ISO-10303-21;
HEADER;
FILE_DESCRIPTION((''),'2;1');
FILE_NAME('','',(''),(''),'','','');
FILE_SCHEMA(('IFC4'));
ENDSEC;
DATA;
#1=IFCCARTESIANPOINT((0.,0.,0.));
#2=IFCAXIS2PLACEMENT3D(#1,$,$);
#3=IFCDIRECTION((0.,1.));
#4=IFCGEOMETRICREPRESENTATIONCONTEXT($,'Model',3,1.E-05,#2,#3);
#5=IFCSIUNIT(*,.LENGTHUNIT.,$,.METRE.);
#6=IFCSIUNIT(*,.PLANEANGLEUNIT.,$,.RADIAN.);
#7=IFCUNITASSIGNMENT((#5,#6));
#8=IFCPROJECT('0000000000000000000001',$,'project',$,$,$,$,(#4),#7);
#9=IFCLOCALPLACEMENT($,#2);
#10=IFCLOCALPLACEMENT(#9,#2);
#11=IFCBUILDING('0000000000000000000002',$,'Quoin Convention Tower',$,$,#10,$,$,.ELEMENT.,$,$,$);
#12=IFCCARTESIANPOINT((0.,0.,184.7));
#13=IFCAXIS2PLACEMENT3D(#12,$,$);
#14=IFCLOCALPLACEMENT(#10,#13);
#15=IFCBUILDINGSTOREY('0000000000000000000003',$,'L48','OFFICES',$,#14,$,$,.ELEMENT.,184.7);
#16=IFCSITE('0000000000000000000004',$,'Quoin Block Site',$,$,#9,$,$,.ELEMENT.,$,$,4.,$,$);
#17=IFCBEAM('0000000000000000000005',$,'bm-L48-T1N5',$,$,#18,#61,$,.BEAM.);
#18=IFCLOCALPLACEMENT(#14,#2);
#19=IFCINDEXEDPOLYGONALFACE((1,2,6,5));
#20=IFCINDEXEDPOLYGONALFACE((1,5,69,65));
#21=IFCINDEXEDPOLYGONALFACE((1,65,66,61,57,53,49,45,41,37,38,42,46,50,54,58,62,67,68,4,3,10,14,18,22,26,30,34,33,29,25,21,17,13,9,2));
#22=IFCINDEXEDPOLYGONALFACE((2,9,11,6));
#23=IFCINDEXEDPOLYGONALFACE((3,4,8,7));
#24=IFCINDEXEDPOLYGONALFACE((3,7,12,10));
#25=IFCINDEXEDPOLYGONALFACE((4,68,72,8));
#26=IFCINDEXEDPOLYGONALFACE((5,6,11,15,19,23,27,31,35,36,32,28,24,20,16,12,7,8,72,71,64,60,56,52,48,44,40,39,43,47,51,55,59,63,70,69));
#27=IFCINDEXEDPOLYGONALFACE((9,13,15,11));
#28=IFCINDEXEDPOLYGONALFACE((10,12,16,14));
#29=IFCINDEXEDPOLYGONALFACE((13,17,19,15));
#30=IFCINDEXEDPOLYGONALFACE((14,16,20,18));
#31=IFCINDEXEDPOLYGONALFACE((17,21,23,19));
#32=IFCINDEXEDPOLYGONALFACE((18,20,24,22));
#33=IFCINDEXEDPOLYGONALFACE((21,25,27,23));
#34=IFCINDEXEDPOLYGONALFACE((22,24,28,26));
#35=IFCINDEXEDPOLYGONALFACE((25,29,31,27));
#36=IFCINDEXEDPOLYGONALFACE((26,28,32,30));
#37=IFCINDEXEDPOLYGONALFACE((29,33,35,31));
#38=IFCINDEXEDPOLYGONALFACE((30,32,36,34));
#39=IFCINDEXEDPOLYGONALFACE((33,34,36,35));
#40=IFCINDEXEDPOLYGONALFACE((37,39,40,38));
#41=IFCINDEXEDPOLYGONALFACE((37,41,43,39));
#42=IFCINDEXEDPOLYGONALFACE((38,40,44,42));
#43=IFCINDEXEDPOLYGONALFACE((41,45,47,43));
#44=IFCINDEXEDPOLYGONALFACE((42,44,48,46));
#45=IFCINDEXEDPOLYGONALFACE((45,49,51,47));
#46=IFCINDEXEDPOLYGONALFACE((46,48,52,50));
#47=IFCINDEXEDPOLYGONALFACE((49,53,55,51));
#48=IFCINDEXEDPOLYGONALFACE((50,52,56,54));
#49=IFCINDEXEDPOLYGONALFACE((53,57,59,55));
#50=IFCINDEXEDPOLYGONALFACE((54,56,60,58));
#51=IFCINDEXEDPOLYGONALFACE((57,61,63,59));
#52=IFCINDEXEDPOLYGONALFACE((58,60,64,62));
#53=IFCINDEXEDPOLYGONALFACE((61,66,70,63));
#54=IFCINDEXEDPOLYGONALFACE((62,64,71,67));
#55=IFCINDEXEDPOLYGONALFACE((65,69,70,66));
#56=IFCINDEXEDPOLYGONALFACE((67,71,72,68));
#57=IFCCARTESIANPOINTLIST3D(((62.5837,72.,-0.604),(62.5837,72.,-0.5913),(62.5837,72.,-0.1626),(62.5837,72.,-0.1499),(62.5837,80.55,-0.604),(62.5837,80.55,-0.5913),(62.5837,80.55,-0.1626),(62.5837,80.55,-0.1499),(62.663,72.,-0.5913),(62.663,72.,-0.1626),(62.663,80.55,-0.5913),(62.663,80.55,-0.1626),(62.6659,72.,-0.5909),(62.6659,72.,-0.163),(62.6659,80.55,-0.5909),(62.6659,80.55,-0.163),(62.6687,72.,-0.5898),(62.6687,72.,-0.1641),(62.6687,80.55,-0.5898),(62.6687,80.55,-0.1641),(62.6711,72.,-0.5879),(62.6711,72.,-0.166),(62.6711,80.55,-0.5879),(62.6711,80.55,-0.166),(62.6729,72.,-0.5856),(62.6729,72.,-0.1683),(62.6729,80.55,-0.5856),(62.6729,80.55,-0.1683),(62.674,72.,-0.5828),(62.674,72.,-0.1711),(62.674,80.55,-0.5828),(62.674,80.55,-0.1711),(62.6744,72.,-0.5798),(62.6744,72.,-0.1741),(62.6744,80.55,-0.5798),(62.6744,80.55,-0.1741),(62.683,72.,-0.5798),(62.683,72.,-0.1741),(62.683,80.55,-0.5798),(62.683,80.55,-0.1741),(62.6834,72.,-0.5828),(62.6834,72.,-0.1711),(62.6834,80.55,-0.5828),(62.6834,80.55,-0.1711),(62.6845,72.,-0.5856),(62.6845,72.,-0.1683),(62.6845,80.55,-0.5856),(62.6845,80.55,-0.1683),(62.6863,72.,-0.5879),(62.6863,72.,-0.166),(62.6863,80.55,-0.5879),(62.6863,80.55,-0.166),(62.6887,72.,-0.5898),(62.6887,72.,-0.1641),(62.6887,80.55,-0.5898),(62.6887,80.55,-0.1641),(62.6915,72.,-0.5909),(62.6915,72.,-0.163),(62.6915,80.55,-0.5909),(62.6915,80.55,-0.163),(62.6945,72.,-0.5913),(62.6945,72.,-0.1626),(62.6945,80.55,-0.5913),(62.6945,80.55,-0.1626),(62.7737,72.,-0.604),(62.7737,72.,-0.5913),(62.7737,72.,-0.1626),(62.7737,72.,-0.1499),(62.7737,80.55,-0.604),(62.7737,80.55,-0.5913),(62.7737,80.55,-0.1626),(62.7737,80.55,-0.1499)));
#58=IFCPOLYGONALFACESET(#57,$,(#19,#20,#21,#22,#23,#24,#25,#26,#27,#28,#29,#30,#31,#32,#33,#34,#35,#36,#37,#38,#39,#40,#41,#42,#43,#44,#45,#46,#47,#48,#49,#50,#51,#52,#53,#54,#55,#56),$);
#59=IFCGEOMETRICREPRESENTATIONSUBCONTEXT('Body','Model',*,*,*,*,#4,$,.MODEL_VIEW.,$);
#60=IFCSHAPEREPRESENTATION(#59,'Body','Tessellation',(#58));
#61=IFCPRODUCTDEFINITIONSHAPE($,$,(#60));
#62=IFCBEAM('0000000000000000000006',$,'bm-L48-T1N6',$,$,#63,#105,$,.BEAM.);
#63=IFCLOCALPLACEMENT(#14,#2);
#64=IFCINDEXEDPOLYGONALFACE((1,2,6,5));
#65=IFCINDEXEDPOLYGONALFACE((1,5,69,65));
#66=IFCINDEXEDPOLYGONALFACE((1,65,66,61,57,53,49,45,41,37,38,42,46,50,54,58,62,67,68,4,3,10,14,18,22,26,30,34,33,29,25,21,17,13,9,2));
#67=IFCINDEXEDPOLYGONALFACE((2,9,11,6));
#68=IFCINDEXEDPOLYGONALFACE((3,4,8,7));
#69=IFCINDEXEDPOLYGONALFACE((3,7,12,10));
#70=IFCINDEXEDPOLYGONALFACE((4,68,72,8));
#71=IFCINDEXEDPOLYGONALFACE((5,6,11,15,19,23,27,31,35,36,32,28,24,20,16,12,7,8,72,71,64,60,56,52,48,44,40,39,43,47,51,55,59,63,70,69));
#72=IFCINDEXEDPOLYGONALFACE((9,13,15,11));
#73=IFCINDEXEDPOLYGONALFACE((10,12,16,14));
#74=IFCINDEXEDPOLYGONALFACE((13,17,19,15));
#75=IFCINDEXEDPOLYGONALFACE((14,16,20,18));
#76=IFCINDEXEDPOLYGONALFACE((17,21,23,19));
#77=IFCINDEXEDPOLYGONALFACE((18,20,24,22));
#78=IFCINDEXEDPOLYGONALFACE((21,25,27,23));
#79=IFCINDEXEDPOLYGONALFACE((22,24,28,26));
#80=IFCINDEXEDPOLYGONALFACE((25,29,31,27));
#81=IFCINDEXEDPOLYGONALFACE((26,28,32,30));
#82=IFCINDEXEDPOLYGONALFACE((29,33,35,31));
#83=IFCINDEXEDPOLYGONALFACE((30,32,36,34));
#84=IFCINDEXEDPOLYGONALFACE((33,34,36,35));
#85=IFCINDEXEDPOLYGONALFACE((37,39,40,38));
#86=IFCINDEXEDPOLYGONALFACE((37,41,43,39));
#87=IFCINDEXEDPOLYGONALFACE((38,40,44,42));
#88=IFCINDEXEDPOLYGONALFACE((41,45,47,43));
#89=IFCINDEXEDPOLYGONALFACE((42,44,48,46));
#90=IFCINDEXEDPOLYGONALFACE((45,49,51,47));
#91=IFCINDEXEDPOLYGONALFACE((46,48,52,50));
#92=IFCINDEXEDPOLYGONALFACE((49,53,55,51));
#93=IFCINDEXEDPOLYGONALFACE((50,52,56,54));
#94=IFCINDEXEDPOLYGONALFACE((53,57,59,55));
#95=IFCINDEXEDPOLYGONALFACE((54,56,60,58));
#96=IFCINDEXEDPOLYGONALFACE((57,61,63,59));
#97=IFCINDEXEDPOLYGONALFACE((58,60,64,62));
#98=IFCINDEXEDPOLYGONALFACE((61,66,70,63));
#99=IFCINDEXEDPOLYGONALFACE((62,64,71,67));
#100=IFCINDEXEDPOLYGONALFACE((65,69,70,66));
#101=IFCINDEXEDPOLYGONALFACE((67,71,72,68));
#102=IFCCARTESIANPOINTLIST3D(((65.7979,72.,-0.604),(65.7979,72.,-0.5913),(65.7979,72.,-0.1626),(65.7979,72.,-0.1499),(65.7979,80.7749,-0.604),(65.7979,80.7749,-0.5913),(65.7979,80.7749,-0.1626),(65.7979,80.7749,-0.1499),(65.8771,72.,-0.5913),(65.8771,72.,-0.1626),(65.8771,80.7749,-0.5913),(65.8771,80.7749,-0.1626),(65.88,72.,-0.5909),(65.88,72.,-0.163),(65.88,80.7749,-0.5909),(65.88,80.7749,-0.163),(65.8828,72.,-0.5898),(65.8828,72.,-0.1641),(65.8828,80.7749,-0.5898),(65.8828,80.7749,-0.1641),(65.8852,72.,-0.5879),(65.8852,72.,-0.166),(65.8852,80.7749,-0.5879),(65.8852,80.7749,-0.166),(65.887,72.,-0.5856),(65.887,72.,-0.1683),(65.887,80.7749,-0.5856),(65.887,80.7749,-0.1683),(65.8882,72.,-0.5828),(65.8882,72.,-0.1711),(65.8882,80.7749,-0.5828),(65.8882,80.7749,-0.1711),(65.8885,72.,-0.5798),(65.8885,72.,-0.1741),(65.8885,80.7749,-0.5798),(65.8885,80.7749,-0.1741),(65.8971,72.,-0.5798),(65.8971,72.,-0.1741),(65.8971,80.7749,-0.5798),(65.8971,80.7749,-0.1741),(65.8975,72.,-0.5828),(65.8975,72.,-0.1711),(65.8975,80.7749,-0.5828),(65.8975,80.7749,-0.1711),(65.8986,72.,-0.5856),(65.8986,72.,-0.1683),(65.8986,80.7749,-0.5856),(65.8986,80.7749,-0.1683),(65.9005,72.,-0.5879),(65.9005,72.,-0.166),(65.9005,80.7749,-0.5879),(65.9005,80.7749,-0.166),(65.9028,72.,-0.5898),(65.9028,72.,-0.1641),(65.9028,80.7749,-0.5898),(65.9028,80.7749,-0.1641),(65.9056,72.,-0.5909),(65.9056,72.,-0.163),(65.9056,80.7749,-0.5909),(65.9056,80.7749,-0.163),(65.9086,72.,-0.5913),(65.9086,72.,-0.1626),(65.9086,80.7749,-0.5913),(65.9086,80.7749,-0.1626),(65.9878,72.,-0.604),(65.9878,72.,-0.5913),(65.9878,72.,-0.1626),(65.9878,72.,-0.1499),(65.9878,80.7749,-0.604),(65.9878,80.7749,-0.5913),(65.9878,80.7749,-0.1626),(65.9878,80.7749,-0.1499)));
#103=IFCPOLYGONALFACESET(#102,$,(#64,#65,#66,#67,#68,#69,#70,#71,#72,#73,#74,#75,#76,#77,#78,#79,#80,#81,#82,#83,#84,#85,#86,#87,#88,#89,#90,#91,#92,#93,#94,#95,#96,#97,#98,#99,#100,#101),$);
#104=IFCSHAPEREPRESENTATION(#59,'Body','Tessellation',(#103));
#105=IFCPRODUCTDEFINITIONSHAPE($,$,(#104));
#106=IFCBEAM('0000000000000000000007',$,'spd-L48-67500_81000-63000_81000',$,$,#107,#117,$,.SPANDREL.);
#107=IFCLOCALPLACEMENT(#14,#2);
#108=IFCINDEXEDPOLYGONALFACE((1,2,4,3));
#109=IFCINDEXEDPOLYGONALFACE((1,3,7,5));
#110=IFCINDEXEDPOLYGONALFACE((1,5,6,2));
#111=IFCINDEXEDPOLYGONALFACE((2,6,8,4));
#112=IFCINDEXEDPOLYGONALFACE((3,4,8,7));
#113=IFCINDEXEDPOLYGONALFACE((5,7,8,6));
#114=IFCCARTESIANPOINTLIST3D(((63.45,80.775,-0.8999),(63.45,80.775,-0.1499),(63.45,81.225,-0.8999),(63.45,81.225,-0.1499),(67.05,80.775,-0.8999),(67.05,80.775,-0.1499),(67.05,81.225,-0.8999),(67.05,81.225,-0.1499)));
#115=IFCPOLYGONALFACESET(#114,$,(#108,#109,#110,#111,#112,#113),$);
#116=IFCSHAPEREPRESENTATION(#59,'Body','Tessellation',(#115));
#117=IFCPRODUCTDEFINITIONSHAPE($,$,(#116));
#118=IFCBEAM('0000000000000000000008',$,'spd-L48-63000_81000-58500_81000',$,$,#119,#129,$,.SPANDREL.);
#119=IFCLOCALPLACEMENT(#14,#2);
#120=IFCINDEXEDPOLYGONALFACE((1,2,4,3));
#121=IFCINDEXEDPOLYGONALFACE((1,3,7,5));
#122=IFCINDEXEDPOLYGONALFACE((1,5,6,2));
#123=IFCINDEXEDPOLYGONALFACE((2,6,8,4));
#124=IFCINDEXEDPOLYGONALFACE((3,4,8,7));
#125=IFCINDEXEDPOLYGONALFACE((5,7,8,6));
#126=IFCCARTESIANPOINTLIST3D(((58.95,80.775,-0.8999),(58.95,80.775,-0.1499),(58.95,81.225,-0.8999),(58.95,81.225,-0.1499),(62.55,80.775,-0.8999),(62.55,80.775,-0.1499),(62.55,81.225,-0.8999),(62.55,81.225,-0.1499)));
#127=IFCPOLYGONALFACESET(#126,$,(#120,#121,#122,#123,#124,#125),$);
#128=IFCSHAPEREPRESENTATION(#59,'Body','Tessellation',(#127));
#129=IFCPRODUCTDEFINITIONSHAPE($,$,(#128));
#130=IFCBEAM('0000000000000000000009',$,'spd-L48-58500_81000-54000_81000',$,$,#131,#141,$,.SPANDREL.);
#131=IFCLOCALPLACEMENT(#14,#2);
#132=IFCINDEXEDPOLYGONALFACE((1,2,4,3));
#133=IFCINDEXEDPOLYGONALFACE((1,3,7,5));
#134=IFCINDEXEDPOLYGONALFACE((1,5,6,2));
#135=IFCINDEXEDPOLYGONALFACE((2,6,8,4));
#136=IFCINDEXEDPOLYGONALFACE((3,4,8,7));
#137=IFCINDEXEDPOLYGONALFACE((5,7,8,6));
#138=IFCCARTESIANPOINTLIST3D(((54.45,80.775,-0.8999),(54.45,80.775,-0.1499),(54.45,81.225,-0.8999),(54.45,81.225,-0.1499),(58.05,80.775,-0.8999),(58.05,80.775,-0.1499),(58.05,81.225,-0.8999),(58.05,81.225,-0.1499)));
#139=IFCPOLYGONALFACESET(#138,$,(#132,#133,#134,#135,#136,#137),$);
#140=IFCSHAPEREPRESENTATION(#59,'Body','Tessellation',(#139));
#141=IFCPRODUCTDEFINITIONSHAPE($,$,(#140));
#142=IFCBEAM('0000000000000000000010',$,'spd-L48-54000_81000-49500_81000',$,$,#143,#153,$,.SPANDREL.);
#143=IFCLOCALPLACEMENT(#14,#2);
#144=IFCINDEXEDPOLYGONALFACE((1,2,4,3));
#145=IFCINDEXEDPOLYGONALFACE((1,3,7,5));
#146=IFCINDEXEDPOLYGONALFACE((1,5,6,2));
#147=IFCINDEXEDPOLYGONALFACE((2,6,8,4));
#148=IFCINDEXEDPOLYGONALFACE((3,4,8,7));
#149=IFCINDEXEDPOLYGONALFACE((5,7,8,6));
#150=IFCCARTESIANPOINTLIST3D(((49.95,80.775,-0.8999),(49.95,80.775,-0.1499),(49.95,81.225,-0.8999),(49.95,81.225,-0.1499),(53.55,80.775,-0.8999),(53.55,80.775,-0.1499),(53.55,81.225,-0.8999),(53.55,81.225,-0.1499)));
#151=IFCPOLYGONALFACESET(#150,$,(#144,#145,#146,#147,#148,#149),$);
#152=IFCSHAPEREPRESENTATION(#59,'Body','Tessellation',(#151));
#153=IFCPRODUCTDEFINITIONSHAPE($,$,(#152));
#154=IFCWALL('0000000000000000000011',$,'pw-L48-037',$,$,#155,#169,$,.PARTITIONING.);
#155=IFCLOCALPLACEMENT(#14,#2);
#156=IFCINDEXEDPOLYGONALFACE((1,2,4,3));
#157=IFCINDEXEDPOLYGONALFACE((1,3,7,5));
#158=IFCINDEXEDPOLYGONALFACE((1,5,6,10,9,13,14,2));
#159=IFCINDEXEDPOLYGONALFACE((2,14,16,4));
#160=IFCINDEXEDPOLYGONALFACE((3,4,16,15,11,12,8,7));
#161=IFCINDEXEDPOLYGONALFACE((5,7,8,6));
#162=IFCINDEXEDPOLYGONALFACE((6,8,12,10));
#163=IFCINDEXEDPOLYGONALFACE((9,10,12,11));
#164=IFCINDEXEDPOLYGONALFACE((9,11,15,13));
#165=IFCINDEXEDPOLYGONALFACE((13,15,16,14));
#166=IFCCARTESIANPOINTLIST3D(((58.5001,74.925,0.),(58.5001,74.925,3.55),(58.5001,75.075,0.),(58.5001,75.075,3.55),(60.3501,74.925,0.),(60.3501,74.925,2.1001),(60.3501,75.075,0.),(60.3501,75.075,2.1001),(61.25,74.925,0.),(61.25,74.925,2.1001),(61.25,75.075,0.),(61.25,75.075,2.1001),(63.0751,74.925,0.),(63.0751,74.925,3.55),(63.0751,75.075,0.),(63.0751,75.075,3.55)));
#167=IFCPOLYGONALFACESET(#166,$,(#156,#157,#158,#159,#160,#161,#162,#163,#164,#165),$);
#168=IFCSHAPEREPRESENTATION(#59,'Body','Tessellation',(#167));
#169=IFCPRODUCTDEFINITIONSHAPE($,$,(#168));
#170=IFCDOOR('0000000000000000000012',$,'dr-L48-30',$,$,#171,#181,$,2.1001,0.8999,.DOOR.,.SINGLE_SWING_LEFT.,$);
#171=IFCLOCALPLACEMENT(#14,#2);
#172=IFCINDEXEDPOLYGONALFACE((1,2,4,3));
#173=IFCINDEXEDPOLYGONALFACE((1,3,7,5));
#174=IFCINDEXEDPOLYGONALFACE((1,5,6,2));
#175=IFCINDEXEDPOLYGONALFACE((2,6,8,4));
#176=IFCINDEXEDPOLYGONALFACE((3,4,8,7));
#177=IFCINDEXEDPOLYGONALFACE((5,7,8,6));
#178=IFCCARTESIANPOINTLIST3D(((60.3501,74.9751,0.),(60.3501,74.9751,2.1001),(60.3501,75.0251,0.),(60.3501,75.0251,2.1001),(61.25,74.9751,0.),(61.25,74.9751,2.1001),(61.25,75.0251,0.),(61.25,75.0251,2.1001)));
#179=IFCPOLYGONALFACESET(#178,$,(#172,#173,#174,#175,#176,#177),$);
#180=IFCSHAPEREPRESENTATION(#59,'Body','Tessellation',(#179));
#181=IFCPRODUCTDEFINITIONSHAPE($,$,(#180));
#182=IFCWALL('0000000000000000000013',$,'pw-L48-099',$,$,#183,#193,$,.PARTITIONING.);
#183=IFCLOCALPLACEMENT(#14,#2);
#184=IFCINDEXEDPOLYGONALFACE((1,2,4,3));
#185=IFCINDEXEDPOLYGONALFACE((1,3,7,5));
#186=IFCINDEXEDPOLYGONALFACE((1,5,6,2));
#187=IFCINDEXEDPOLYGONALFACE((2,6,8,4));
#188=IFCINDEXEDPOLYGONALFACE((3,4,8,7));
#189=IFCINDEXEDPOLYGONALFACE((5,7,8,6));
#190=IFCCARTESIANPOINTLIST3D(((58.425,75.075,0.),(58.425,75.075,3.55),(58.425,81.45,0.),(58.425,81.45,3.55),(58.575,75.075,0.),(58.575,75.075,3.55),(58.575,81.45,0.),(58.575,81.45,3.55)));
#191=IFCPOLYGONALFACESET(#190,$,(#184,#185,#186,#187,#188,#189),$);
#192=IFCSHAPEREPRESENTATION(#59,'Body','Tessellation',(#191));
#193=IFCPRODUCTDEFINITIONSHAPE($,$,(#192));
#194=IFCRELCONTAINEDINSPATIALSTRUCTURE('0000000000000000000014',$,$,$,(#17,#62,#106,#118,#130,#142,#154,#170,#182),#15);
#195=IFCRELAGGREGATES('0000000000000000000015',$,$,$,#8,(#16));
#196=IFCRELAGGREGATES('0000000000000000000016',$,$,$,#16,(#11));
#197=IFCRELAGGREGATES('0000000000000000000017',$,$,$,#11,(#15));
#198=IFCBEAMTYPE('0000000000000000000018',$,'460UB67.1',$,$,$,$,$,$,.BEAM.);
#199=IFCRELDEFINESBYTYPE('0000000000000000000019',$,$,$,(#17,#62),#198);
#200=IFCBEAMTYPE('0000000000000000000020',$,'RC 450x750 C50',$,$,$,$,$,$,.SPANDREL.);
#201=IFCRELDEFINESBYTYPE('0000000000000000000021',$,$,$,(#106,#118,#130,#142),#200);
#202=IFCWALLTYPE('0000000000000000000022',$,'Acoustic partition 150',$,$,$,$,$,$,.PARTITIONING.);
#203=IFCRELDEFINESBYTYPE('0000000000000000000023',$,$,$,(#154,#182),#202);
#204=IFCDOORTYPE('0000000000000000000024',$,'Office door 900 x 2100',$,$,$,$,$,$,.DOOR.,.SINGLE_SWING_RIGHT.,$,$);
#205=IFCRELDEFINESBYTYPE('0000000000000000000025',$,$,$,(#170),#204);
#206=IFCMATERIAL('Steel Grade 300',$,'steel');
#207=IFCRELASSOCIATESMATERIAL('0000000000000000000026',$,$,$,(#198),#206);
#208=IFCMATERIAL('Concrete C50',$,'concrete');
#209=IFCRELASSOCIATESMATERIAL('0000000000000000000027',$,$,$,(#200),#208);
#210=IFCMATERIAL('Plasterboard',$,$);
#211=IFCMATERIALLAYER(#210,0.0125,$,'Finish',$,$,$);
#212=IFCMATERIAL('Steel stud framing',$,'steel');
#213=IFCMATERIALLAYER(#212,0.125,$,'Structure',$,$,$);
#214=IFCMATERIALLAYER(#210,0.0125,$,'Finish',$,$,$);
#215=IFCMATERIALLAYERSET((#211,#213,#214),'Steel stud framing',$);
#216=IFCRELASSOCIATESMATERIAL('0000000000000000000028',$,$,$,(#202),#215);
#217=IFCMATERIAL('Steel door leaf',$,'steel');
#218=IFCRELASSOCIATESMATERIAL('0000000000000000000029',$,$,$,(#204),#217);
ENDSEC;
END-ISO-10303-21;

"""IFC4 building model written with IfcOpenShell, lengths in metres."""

from ifc_helpers import new_model, si_unit, direction, frame, frame_2d, origin, origin_2d, place, context, subcontext, project, spatial, rectangle, i_section, extrude, material, layer, layer_set, material_profile, profile_set, type_object, element, fill, save


model = new_model("IFC4")

# Units and contexts
model_context = context("Model", 3, precision=1e-05, world=origin(), true_north=direction((0.0, 1.0)))
body_context = subcontext(model_context, "Body", "Model", "MODEL_VIEW")
ifc_project = project(units=[si_unit("LENGTHUNIT", "METRE"), si_unit("PLANEANGLEUNIT", "RADIAN")], contexts=[model_context])

# Site, building, storey
site_placement = place(None, origin())
site = spatial("IfcSite", under=ifc_project, at=site_placement, Name="Quoin Block Site", CompositionType="ELEMENT", RefElevation=4.0)
building_placement = place(site_placement, origin())
building = spatial("IfcBuilding", under=site, at=building_placement, Name="Quoin Convention Tower", CompositionType="ELEMENT")
storey_placement = place(building_placement, frame((0.0, 0.0, 184.7)))
storey = spatial("IfcBuildingStorey", under=building, at=storey_placement, Name="L48", Description="OFFICES", CompositionType="ELEMENT", Elevation=184.7)

# Shared definitions
ifc_material_1 = material(Name="Concrete C50", Category="concrete")

# Beams
ifc_material_2 = material(Name="Steel Grade 300", Category="steel")
ifc_material_profile_1 = material_profile(ifc_material_2, i_section(OverallWidth=0.1899, OverallDepth=0.4541, WebThickness=0.0085, FlangeThickness=0.0127, FilletRadius=0.0115, at=origin_2d()), Name="460UB67.1")
ifc_profile_set_1 = profile_set([ifc_material_profile_1], Name="Steel Grade 300")
beam_type_1 = type_object("IfcBeamType", Name="460UB67.1", PredefinedType="BEAM", material=ifc_profile_set_1)
beam_1_placement = place(storey_placement, frame((62.6787, 72.0, -0.377), z_axis=(0.0, 1.0, 0.0), x_axis=(-1.0, 0.0, 0.0)))
element("IfcBeam", 1, at=beam_1_placement, inside=storey, type_object=beam_type_1, Name="bm-L48-T1N5", PredefinedType="BEAM", context=body_context, shape_type="SweptSolid", body=[
    extrude(i_section(OverallWidth=0.1899, OverallDepth=0.4541, WebThickness=0.0085, FlangeThickness=0.0127, FilletRadius=0.0115, at=origin_2d()), origin(), (0.0, 0.0, 1.0), 8.55),
])
beam_2_placement = place(storey_placement, frame((65.8928, 72.0, -0.377), z_axis=(0.0, 1.0, 0.0), x_axis=(-1.0, 0.0, 0.0)))
element("IfcBeam", 2, at=beam_2_placement, inside=storey, type_object=beam_type_1, Name="bm-L48-T1N6", PredefinedType="BEAM", context=body_context, shape_type="SweptSolid", body=[
    extrude(i_section(OverallWidth=0.1899, OverallDepth=0.4541, WebThickness=0.0085, FlangeThickness=0.0127, FilletRadius=0.0115, at=origin_2d()), origin(), (0.0, 0.0, 1.0), 8.7749),
])
ifc_material_profile_2 = material_profile(ifc_material_1, rectangle(XDim=0.45, YDim=0.75, at=origin_2d()), Name="RC 450x750")
ifc_profile_set_2 = profile_set([ifc_material_profile_2], Name="Concrete C50")
beam_type_2 = type_object("IfcBeamType", Name="RC 450x750 C50", PredefinedType="SPANDREL", material=ifc_profile_set_2)
for number, where, z_axis, x_axis, name in (
    (3, (67.05, 81.0, -0.5249), (-1.0, 0.0, 0.0), (0.0, -1.0, 0.0), "spd-L48-67500_81000-63000_81000"),
    (4, (62.55, 81.0, -0.5249), (-1.0, 0.0, 0.0), (0.0, -1.0, 0.0), "spd-L48-63000_81000-58500_81000"),
    (5, (58.05, 81.0, -0.5249), (-1.0, 0.0, 0.0), (0.0, -1.0, 0.0), "spd-L48-58500_81000-54000_81000"),
    (6, (53.55, 81.0, -0.5249), (-1.0, 0.0, 0.0), (0.0, -1.0, 0.0), "spd-L48-54000_81000-49500_81000"),
):
    element("IfcBeam", number, at=place(storey_placement, frame(where, z_axis=z_axis, x_axis=x_axis)), inside=storey, type_object=beam_type_2, Name=name, PredefinedType="SPANDREL", context=body_context, shape_type="SweptSolid", body=[
        extrude(rectangle(XDim=0.45, YDim=0.75, at=origin_2d()), origin(), (0.0, 0.0, 1.0), 3.6001),
    ])

# Wall, opening, door
ifc_material_3 = material(Name="Plasterboard")
ifc_layer_1 = layer(ifc_material_3, 0.0125, Name="Finish")
ifc_material_4 = material(Name="Steel stud framing", Category="steel")
ifc_layer_2 = layer(ifc_material_4, 0.125, Name="Structure")
ifc_layer_3 = layer(ifc_material_3, 0.0125, Name="Finish")
ifc_layer_set_1 = layer_set([ifc_layer_1, ifc_layer_2, ifc_layer_3], Name="Steel stud framing")
wall_type_1 = type_object("IfcWallType", Name="Acoustic partition 150", PredefinedType="PARTITIONING", material=ifc_layer_set_1)
wall_1_placement = place(storey_placement, frame((58.5, 75.0, 0.0), z_axis=(0.0, 0.0, 1.0), x_axis=(1.0, 0.0, 0.0)))
wall_1 = element("IfcWall", 7, at=wall_1_placement, inside=storey, type_object=wall_type_1, Name="pw-L48-037", PredefinedType="PARTITIONING", context=body_context, shape_type="SweptSolid", body=[
    extrude(rectangle(XDim=4.575, YDim=0.1499, at=frame_2d((2.2876, 0.0))), origin(), (0.0, 0.0, 1.0), 3.55),
])
opening_1_placement = place(wall_1_placement, frame((1.8501, 0.0, 0.0)))
opening_1 = element("IfcOpeningElement", 8, at=opening_1_placement, cuts=wall_1, PredefinedType="OPENING", context=body_context, shape_type="SweptSolid", body=[
    extrude(rectangle(XDim=0.8999, YDim=2.1001, at=frame_2d((0.45, 1.05))), frame((0.0, 0.085, 0.0), z_axis=(0.0, -1.0, 0.0), x_axis=(1.0, 0.0, 0.0)), (0.0, 0.0, 1.0), 0.1699),
])
ifc_material_5 = material(Name="Steel door leaf", Category="steel")
door_type = type_object("IfcDoorType", Name="Office door 900 x 2100", OperationType="SINGLE_SWING_RIGHT", PredefinedType="DOOR", material=ifc_material_5)
door_1_placement = place(opening_1_placement, frame((0.8999, 0.0, 0.0), z_axis=(0.0, 0.0, 1.0), x_axis=(-1.0, 0.0, 0.0)))
door_1 = element("IfcDoor", 9, at=door_1_placement, inside=storey, type_object=door_type, Name="dr-L48-30", OperationType="SINGLE_SWING_LEFT", OverallHeight=2.1001, OverallWidth=0.8999, PredefinedType="DOOR", context=body_context, shape_type="SweptSolid", body=[
    extrude(rectangle(XDim=0.8999, YDim=2.1001, at=frame_2d((0.45, 1.05))), frame((0.0, 0.0249, 0.0), z_axis=(0.0, -1.0, 0.0), x_axis=(1.0, 0.0, 0.0)), (0.0, 0.0, 1.0), 0.05),
])
fill(opening_1, door_1)

# Wall
for number, where, z_axis, x_axis, name in (
    (10, (58.5, 75.075, 0.0), (0.0, 0.0, 1.0), (0.0, 1.0, 0.0), "pw-L48-099"),
):
    element("IfcWall", number, at=place(storey_placement, frame(where, z_axis=z_axis, x_axis=x_axis)), inside=storey, type_object=wall_type_1, Name=name, PredefinedType="PARTITIONING", context=body_context, shape_type="SweptSolid", body=[
        extrude(rectangle(XDim=6.375, YDim=0.1499, at=frame_2d((3.1875, 0.0))), origin(), (0.0, 0.0, 1.0), 3.55),
    ])

save(model, "model.ifc")
